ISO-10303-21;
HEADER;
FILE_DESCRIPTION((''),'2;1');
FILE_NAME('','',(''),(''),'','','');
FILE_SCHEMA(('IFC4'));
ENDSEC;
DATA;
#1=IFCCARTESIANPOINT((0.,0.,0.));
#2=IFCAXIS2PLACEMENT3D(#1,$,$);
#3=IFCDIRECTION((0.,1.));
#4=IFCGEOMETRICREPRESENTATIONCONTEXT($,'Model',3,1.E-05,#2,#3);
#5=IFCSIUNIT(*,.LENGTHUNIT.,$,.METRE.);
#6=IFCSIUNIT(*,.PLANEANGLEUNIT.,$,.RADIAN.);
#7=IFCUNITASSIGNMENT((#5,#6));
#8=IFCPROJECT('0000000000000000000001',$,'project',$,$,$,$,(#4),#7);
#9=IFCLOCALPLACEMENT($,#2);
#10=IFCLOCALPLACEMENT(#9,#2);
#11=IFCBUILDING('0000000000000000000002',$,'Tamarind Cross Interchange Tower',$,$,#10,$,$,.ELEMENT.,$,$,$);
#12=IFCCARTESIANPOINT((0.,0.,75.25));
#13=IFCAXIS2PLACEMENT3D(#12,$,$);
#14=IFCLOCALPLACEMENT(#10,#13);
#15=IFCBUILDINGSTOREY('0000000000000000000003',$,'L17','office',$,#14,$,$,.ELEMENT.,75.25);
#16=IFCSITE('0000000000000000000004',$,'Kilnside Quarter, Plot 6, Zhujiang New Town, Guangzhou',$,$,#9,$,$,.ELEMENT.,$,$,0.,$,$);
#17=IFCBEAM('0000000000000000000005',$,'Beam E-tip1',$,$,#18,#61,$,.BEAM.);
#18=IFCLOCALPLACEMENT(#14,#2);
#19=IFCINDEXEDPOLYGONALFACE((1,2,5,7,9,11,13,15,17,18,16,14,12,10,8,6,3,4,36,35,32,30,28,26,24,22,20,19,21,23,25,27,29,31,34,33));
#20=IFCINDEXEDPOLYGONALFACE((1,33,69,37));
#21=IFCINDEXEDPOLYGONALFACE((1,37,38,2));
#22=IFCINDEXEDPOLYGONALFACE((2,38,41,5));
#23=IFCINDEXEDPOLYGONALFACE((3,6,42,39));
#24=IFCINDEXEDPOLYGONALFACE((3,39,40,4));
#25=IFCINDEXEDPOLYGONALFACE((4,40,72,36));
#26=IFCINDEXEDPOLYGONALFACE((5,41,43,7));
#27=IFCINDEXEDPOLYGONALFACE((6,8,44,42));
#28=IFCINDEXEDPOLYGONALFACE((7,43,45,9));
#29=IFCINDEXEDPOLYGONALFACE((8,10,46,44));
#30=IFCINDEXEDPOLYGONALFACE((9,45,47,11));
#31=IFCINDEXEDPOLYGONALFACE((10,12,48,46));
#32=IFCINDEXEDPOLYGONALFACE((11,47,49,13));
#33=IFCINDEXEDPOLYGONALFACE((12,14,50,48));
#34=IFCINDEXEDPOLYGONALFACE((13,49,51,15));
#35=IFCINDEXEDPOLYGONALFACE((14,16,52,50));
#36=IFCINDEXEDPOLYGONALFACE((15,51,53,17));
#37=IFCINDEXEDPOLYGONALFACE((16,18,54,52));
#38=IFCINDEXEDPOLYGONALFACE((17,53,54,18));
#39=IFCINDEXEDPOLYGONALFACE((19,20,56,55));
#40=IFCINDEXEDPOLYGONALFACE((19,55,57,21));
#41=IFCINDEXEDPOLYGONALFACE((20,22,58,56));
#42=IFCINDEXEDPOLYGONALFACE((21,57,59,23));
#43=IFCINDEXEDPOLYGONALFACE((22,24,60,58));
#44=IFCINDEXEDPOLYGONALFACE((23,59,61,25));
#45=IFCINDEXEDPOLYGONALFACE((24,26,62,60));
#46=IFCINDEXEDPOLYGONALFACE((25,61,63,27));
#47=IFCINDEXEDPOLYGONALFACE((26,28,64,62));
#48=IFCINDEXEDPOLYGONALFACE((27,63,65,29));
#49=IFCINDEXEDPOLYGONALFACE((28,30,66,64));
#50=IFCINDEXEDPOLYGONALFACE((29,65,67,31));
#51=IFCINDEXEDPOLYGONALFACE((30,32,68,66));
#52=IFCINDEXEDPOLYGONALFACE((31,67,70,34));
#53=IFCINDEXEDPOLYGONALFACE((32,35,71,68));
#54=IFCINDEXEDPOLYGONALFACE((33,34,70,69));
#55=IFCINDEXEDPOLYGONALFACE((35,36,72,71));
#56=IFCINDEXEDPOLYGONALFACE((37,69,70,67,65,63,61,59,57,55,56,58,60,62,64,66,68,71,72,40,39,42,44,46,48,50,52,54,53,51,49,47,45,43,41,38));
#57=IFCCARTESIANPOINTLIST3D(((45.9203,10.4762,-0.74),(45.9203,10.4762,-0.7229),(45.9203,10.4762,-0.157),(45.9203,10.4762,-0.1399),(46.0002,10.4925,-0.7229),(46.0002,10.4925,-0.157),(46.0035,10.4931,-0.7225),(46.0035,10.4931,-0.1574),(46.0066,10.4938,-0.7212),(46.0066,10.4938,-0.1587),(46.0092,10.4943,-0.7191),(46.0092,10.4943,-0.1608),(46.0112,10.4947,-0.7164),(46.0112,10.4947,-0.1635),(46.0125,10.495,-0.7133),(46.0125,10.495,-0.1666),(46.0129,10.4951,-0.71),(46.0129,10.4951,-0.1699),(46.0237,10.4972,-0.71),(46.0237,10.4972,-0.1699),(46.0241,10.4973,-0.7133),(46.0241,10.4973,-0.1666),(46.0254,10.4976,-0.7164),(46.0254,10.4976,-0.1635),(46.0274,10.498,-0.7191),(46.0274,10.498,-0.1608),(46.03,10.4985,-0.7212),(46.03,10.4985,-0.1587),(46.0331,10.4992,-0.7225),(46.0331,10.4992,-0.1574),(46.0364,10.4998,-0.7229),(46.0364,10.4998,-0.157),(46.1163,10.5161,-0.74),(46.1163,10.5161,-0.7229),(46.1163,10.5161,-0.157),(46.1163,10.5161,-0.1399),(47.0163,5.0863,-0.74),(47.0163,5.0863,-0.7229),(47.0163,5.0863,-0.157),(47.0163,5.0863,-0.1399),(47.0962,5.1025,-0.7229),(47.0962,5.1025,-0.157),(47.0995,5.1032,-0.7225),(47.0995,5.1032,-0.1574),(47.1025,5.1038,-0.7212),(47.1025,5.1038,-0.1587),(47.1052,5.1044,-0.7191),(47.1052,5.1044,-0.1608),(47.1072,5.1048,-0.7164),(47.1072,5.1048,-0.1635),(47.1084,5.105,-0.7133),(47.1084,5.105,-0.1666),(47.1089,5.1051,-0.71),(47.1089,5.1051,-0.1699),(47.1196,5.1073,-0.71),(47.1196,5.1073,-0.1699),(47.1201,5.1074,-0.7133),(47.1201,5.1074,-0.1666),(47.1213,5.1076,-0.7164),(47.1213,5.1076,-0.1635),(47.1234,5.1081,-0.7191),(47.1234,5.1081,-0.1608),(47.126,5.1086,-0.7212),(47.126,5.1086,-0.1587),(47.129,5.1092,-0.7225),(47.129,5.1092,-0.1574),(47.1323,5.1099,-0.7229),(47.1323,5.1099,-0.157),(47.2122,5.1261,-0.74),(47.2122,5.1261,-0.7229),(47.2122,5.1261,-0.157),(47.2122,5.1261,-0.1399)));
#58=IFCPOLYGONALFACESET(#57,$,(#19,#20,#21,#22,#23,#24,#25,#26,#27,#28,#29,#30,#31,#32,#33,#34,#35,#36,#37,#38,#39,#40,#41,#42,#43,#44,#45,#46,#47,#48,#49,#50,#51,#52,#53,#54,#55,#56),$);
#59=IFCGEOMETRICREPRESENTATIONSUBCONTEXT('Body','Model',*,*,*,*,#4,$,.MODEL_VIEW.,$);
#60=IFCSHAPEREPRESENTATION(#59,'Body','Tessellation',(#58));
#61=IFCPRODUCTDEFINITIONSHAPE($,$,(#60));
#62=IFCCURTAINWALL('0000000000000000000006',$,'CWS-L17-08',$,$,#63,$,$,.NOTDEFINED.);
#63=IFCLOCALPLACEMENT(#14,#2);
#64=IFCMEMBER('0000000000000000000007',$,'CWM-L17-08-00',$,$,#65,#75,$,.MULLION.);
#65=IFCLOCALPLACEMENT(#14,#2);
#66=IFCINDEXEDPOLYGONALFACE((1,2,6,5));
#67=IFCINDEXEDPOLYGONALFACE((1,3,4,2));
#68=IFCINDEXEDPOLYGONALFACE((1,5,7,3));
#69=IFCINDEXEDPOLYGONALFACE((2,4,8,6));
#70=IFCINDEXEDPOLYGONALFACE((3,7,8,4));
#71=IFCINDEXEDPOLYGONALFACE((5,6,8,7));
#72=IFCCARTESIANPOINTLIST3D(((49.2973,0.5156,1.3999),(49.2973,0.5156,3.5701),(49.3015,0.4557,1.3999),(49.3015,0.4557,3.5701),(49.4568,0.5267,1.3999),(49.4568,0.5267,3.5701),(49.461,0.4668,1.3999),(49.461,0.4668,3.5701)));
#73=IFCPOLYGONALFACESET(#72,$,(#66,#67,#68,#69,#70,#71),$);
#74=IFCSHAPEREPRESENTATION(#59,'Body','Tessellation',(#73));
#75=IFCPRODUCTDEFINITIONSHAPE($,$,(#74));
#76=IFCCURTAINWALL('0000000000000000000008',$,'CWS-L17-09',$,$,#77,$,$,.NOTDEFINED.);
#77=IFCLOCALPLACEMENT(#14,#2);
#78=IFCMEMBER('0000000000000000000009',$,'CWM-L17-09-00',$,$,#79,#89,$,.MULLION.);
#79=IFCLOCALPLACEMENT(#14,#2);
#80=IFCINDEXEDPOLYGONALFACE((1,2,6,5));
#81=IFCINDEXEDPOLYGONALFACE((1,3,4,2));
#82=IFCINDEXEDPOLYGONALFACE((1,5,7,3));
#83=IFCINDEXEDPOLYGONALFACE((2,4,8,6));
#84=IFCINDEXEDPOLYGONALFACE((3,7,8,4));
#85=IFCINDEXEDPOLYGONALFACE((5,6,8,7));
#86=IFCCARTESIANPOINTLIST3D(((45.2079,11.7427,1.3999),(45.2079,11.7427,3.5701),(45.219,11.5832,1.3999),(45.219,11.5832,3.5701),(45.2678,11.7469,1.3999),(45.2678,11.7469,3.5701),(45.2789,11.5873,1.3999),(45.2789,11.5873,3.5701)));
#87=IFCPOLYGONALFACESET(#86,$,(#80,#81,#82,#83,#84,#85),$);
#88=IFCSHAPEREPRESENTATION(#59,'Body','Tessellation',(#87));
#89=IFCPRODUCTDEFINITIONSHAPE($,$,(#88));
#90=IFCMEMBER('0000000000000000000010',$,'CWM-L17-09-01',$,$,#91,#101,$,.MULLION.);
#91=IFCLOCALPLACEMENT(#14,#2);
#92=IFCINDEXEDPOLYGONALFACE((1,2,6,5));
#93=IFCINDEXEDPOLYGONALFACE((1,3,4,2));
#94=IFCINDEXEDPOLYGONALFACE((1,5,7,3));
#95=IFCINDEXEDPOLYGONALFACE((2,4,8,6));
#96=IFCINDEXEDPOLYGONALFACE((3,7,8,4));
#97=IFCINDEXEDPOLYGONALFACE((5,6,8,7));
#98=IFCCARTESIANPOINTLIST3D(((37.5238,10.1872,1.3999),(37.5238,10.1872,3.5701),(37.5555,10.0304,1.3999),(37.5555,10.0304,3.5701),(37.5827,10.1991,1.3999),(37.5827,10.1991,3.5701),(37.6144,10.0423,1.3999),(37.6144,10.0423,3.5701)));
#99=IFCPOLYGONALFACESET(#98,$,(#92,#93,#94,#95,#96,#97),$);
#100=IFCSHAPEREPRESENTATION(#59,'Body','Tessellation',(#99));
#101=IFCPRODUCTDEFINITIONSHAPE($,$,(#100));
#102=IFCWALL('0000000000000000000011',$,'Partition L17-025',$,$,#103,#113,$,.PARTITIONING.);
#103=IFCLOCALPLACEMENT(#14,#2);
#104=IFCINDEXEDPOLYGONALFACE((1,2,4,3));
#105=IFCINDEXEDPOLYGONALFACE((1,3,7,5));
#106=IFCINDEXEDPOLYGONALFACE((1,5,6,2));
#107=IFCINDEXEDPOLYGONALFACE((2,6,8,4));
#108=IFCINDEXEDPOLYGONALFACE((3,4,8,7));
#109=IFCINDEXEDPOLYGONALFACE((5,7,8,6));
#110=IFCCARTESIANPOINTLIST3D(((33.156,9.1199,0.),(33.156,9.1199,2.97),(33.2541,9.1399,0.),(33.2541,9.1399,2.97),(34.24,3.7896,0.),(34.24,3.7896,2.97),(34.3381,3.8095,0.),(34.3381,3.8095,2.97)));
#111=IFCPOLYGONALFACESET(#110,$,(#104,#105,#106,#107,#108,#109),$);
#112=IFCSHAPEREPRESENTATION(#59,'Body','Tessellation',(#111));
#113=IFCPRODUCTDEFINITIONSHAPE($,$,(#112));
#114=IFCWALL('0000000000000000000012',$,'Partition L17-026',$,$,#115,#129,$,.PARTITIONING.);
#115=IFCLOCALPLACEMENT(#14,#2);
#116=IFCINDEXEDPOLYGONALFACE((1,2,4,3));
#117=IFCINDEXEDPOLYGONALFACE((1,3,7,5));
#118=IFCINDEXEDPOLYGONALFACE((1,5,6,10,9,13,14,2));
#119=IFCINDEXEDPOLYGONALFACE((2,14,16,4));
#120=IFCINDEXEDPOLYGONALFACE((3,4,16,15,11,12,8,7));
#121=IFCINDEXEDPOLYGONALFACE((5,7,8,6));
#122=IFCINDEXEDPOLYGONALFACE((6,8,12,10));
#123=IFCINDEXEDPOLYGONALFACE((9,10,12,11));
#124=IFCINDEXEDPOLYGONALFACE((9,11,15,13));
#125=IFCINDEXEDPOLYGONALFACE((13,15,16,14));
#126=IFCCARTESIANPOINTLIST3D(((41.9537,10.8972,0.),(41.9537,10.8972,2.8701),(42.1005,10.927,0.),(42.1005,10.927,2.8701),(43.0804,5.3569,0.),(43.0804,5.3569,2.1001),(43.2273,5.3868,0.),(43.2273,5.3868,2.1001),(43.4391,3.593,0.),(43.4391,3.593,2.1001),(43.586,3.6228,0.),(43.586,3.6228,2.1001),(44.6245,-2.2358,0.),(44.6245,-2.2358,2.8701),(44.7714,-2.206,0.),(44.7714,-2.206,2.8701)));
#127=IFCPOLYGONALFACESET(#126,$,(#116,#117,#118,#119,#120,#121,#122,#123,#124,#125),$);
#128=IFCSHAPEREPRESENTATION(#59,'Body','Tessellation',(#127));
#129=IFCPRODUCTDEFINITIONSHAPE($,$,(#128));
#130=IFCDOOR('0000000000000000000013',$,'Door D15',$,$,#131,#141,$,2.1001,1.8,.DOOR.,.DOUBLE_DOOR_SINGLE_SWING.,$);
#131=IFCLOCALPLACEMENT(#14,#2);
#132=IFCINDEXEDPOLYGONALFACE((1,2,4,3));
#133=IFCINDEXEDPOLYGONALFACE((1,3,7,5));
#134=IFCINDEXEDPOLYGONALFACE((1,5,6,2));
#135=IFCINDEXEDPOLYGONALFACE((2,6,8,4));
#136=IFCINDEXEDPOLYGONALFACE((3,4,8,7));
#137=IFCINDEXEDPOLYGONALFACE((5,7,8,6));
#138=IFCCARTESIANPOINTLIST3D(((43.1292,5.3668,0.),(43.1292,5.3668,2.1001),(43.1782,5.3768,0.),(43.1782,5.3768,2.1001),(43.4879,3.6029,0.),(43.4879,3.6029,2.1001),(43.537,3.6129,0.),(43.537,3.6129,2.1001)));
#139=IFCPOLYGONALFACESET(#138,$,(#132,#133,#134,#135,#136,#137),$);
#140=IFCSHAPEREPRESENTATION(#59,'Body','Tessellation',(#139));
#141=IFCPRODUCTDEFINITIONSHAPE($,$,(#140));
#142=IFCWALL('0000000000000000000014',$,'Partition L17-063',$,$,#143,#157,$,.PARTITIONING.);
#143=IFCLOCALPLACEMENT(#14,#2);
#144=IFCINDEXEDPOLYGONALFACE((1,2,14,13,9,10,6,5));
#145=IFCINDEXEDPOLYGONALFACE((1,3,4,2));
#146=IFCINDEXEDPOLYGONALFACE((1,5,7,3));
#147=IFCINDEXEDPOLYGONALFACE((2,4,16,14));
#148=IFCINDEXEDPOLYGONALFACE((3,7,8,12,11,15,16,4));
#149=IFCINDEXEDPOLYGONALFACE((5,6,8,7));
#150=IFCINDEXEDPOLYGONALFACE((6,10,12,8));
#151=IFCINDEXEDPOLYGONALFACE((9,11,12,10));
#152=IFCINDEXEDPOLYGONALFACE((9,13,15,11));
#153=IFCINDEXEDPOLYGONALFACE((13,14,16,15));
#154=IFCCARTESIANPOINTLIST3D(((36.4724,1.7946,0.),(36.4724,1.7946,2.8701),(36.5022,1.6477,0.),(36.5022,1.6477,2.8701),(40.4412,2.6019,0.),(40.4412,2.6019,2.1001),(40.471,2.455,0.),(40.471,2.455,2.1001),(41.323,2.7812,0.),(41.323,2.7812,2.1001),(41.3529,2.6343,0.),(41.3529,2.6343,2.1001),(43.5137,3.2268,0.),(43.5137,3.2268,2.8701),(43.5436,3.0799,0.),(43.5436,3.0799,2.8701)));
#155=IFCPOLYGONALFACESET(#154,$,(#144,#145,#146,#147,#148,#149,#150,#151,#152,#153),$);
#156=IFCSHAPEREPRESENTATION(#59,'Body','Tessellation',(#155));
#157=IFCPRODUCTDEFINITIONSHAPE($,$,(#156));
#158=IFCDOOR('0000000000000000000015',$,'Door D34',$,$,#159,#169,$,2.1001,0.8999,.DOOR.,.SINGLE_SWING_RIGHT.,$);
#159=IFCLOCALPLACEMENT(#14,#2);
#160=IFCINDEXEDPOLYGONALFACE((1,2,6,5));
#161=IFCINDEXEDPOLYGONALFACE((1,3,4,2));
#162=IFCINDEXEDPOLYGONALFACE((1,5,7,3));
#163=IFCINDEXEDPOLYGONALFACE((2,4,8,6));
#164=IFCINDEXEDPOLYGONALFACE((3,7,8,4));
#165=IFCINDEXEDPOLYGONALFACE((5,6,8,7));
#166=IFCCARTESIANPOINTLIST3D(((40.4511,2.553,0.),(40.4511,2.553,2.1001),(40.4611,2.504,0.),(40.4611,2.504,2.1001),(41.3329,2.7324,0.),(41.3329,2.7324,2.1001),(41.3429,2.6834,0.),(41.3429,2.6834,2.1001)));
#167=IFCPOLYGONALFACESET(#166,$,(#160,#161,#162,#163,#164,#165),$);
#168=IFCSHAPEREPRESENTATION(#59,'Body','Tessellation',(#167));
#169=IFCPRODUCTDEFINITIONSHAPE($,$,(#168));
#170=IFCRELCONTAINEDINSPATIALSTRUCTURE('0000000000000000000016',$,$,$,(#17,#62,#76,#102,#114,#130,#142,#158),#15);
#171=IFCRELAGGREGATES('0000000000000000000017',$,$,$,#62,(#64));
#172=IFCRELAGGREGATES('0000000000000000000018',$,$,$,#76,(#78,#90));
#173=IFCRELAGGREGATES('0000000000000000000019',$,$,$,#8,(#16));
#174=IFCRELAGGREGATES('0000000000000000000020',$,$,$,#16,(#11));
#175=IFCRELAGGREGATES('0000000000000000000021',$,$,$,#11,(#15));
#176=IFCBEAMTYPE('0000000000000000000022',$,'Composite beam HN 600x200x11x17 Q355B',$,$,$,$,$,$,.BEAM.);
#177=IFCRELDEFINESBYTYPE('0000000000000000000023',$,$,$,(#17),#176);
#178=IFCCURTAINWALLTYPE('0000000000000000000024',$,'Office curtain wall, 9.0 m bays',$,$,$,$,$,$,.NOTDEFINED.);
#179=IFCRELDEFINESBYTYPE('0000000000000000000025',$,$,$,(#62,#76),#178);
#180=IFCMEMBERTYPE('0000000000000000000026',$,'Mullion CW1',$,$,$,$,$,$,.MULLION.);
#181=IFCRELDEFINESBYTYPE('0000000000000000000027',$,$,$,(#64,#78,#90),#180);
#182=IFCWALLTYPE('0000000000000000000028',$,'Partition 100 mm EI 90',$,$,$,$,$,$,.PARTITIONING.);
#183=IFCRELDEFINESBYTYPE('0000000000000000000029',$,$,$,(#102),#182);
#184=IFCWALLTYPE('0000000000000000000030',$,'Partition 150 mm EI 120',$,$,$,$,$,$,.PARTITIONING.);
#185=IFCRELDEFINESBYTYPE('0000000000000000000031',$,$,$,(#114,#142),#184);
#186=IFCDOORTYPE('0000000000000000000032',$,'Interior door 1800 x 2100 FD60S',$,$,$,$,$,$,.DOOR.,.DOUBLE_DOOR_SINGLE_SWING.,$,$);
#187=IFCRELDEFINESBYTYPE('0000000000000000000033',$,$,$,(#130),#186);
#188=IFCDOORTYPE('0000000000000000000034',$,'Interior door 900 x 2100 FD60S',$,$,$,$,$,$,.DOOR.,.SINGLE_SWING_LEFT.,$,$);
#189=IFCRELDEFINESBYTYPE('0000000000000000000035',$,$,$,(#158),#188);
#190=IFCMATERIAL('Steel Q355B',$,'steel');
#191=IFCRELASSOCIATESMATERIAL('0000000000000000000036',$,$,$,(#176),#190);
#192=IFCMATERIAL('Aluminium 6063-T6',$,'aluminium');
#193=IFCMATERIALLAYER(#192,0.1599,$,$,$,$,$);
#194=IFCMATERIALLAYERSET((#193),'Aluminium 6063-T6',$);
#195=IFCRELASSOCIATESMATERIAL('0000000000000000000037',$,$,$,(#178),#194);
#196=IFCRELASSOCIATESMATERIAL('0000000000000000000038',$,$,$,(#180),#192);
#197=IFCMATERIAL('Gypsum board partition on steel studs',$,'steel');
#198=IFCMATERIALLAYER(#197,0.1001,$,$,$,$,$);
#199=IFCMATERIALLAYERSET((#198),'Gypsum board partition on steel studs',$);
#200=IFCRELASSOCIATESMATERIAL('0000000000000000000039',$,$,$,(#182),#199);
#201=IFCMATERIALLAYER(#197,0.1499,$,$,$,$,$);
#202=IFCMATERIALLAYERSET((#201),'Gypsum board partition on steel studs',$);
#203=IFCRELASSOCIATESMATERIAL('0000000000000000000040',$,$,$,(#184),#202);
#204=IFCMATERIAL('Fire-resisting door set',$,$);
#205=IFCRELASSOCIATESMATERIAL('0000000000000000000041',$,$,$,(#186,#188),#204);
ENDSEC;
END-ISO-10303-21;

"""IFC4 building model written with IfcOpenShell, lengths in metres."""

from ifc_helpers import new_model, si_unit, direction, frame, frame_2d, origin, origin_2d, place, context, subcontext, project, spatial, rectangle, i_section, extrude, material, layer, layer_set, material_profile, profile_set, type_object, element, fill, aggregate, save


model = new_model("IFC4")

# Units and contexts
model_context = context("Model", 3, precision=1e-05, world=origin(), true_north=direction((0.0, 1.0)))
body_context = subcontext(model_context, "Body", "Model", "MODEL_VIEW")
ifc_project = project(units=[si_unit("LENGTHUNIT", "METRE"), si_unit("PLANEANGLEUNIT", "RADIAN")], contexts=[model_context])

# Site, building, storey
site_placement = place(None, origin())
site = spatial("IfcSite", under=ifc_project, at=site_placement, Name="Kilnside Quarter, Plot 6, Zhujiang New Town, Guangzhou", CompositionType="ELEMENT", RefElevation=0.0)
building_placement = place(site_placement, origin())
building = spatial("IfcBuilding", under=site, at=building_placement, Name="Tamarind Cross Interchange Tower", CompositionType="ELEMENT")
storey_placement = place(building_placement, frame((0.0, 0.0, 75.25)))
storey = spatial("IfcBuildingStorey", under=building, at=storey_placement, Name="L17", Description="office", CompositionType="ELEMENT", Elevation=75.25)

# Beam
ifc_material_1 = material(Name="Steel Q355B", Category="steel")
ifc_material_profile_1 = material_profile(ifc_material_1, i_section(OverallWidth=0.2, OverallDepth=0.6001, WebThickness=0.011, FlangeThickness=0.0171, FilletRadius=0.0129, at=origin_2d()), Name="HN 600x200x11x17")
ifc_profile_set_1 = profile_set([ifc_material_profile_1], Name="Steel Q355B")
beam_type_1 = type_object("IfcBeamType", Name="Composite beam HN 600x200x11x17 Q355B", PredefinedType="BEAM", material=ifc_profile_set_1)
beam_1_placement = place(storey_placement, frame((47.1143, 5.1062, -0.4399), z_axis=(-0.199256, 0.979947, 0.0), x_axis=(-0.979947, -0.199256, 0.0)))
element("IfcBeam", 1, at=beam_1_placement, inside=storey, type_object=beam_type_1, Name="Beam E-tip1", PredefinedType="BEAM", context=body_context, shape_type="SweptSolid", body=[
    extrude(i_section(OverallWidth=0.2, OverallDepth=0.6001, WebThickness=0.011, FlangeThickness=0.0171, FilletRadius=0.0129, at=origin_2d()), origin(), (0.0, 0.0, 1.0), 5.5002),
])

# Curtain wall, member
ifc_material_2 = material(Name="Aluminium 6063-T6", Category="aluminium")
ifc_layer_1 = layer(ifc_material_2, 0.1599)
ifc_layer_set_1 = layer_set([ifc_layer_1], Name="Aluminium 6063-T6")
curtain_wall_type = type_object("IfcCurtainWallType", Name="Office curtain wall, 9.0 m bays", PredefinedType="NOTDEFINED", material=ifc_layer_set_1)
curtain_wall_1_placement = place(storey_placement, origin())
curtain_wall_1 = element("IfcCurtainWall", 2, at=curtain_wall_1_placement, inside=storey, type_object=curtain_wall_type, Name="CWS-L17-08", PredefinedType="NOTDEFINED")
ifc_material_profile_2 = material_profile(ifc_material_2, rectangle(XDim=0.0601, YDim=0.1599, at=origin_2d()), Name="Mullion CW1")
ifc_profile_set_2 = profile_set([ifc_material_profile_2], Name="Aluminium 6063-T6")
member_type = type_object("IfcMemberType", Name="Mullion CW1", PredefinedType="MULLION", material=ifc_profile_set_2)
member_1_placement = place(storey_placement, frame((49.3792, 0.4912, 1.3999), z_axis=(0.0, 0.0, 1.0), x_axis=(-0.069631, 0.997573, 0.0)))
member_1 = element("IfcMember", 3, at=member_1_placement, type_object=member_type, Name="CWM-L17-08-00", PredefinedType="MULLION", context=body_context, shape_type="SweptSolid", body=[
    extrude(rectangle(XDim=0.0601, YDim=0.1599, at=origin_2d()), origin(), (0.0, 0.0, 1.0), 2.1702),
])
aggregate(curtain_wall_1, [member_1])

# Curtain wall, members
curtain_wall_2_placement = place(storey_placement, origin())
curtain_wall_2 = element("IfcCurtainWall", 4, at=curtain_wall_2_placement, inside=storey, type_object=curtain_wall_type, Name="CWS-L17-09", PredefinedType="NOTDEFINED")
member_2_placement = place(storey_placement, frame((45.2434, 11.665, 1.3999), z_axis=(0.0, 0.0, 1.0), x_axis=(-0.997616, -0.069009, 0.0)))
member_2 = element("IfcMember", 5, at=member_2_placement, type_object=member_type, Name="CWM-L17-09-00", PredefinedType="MULLION", context=body_context, shape_type="SweptSolid", body=[
    extrude(rectangle(XDim=0.0601, YDim=0.1599, at=origin_2d()), origin(), (0.0, 0.0, 1.0), 2.1702),
])
member_3_placement = place(storey_placement, frame((37.5691, 10.1147, 1.3999), z_axis=(0.0, 0.0, 1.0), x_axis=(-0.980197, -0.198023, 0.0)))
member_3 = element("IfcMember", 6, at=member_3_placement, type_object=member_type, Name="CWM-L17-09-01", PredefinedType="MULLION", context=body_context, shape_type="SweptSolid", body=[
    extrude(rectangle(XDim=0.0601, YDim=0.1599, at=origin_2d()), origin(), (0.0, 0.0, 1.0), 2.1702),
])
aggregate(curtain_wall_2, [member_2, member_3])

# Wall
ifc_material_3 = material(Name="Gypsum board partition on steel studs", Category="steel")
ifc_layer_2 = layer(ifc_material_3, 0.1001)
ifc_layer_set_2 = layer_set([ifc_layer_2], Name="Gypsum board partition on steel studs")
wall_type_1 = type_object("IfcWallType", Name="Partition 100 mm EI 90", PredefinedType="PARTITIONING", material=ifc_layer_set_2)
wall_1_placement = place(storey_placement, frame((33.2051, 9.1299, 0.0), z_axis=(0.0, 0.0, 1.0), x_axis=(0.199283, -0.979942, 0.0)))
element("IfcWall", 7, at=wall_1_placement, inside=storey, type_object=wall_type_1, Name="Partition L17-025", PredefinedType="PARTITIONING", context=body_context, shape_type="SweptSolid", body=[
    extrude(rectangle(XDim=5.4395, YDim=0.1001, at=frame_2d((2.7197, 0.0))), origin(), (0.0, 0.0, 1.0), 2.97),
])

# Walls, openings, doors
ifc_layer_3 = layer(ifc_material_3, 0.1499)
ifc_layer_set_3 = layer_set([ifc_layer_3], Name="Gypsum board partition on steel studs")
wall_type_2 = type_object("IfcWallType", Name="Partition 150 mm EI 120", PredefinedType="PARTITIONING", material=ifc_layer_set_3)
wall_2_placement = place(storey_placement, frame((42.0271, 10.9121, 0.0), z_axis=(0.0, 0.0, 1.0), x_axis=(0.199293, -0.97994, 0.0)))
wall_2 = element("IfcWall", 8, at=wall_2_placement, inside=storey, type_object=wall_type_2, Name="Partition L17-026", PredefinedType="PARTITIONING", context=body_context, shape_type="SweptSolid", body=[
    extrude(rectangle(XDim=13.4019, YDim=0.1499, at=frame_2d((6.7009, 0.0))), origin(), (0.0, 0.0, 1.0), 2.8701),
])
opening_1_placement = place(wall_2_placement, frame((5.6538, 0.0, 0.0)))
opening_1 = element("IfcOpeningElement", 9, at=opening_1_placement, cuts=wall_2, PredefinedType="OPENING", context=body_context, shape_type="SweptSolid", body=[
    extrude(rectangle(XDim=1.8, YDim=2.1001, at=frame_2d((0.8999, 1.05))), frame((0.0, 0.085, 0.0), z_axis=(0.0, -1.0, 0.0), x_axis=(1.0, 0.0, 0.0)), (0.0, 0.0, 1.0), 0.1699),
])
ifc_material_4 = material(Name="Fire-resisting door set")
door_type_1 = type_object("IfcDoorType", Name="Interior door 1800 x 2100 FD60S", OperationType="DOUBLE_DOOR_SINGLE_SWING", PredefinedType="DOOR", material=ifc_material_4)
door_1_placement = place(opening_1_placement, origin())
door_1 = element("IfcDoor", 10, at=door_1_placement, inside=storey, type_object=door_type_1, Name="Door D15", OperationType="DOUBLE_DOOR_SINGLE_SWING", OverallHeight=2.1001, OverallWidth=1.8, PredefinedType="DOOR", context=body_context, shape_type="SweptSolid", body=[
    extrude(rectangle(XDim=1.8, YDim=2.1001, at=frame_2d((0.8999, 1.05))), frame((0.0, 0.0249, 0.0), z_axis=(0.0, -1.0, 0.0), x_axis=(1.0, 0.0, 0.0)), (0.0, 0.0, 1.0), 0.05),
])
fill(opening_1, door_1)
wall_3_placement = place(storey_placement, frame((36.4873, 1.7212, 0.0), z_axis=(0.0, 0.0, 1.0), x_axis=(0.979936, 0.19931, 0.0)))
wall_3 = element("IfcWall", 11, at=wall_3_placement, inside=storey, type_object=wall_type_2, Name="Partition L17-063", PredefinedType="PARTITIONING", context=body_context, shape_type="SweptSolid", body=[
    extrude(rectangle(XDim=7.1855, YDim=0.1499, at=frame_2d((3.5928, 0.0))), origin(), (0.0, 0.0, 1.0), 2.8701),
])
opening_2_placement = place(wall_3_placement, frame((4.05, 0.0, 0.0)))
opening_2 = element("IfcOpeningElement", 12, at=opening_2_placement, cuts=wall_3, PredefinedType="OPENING", context=body_context, shape_type="SweptSolid", body=[
    extrude(rectangle(XDim=0.8999, YDim=2.1001, at=frame_2d((0.45, 1.05))), frame((0.0, 0.085, 0.0), z_axis=(0.0, -1.0, 0.0), x_axis=(1.0, 0.0, 0.0)), (0.0, 0.0, 1.0), 0.1699),
])
door_type_2 = type_object("IfcDoorType", Name="Interior door 900 x 2100 FD60S", OperationType="SINGLE_SWING_LEFT", PredefinedType="DOOR", material=ifc_material_4)
door_2_placement = place(opening_2_placement, frame((0.8999, 0.0, 0.0), z_axis=(0.0, 0.0, 1.0), x_axis=(-1.0, 0.0, 0.0)))
door_2 = element("IfcDoor", 13, at=door_2_placement, inside=storey, type_object=door_type_2, Name="Door D34", OperationType="SINGLE_SWING_RIGHT", OverallHeight=2.1001, OverallWidth=0.8999, PredefinedType="DOOR", context=body_context, shape_type="SweptSolid", body=[
    extrude(rectangle(XDim=0.8999, YDim=2.1001, at=frame_2d((0.45, 1.05))), frame((0.0, 0.0249, 0.0), z_axis=(0.0, -1.0, 0.0), x_axis=(1.0, 0.0, 0.0)), (0.0, 0.0, 1.0), 0.05),
])
fill(opening_2, door_2)

save(model, "model.ifc")
